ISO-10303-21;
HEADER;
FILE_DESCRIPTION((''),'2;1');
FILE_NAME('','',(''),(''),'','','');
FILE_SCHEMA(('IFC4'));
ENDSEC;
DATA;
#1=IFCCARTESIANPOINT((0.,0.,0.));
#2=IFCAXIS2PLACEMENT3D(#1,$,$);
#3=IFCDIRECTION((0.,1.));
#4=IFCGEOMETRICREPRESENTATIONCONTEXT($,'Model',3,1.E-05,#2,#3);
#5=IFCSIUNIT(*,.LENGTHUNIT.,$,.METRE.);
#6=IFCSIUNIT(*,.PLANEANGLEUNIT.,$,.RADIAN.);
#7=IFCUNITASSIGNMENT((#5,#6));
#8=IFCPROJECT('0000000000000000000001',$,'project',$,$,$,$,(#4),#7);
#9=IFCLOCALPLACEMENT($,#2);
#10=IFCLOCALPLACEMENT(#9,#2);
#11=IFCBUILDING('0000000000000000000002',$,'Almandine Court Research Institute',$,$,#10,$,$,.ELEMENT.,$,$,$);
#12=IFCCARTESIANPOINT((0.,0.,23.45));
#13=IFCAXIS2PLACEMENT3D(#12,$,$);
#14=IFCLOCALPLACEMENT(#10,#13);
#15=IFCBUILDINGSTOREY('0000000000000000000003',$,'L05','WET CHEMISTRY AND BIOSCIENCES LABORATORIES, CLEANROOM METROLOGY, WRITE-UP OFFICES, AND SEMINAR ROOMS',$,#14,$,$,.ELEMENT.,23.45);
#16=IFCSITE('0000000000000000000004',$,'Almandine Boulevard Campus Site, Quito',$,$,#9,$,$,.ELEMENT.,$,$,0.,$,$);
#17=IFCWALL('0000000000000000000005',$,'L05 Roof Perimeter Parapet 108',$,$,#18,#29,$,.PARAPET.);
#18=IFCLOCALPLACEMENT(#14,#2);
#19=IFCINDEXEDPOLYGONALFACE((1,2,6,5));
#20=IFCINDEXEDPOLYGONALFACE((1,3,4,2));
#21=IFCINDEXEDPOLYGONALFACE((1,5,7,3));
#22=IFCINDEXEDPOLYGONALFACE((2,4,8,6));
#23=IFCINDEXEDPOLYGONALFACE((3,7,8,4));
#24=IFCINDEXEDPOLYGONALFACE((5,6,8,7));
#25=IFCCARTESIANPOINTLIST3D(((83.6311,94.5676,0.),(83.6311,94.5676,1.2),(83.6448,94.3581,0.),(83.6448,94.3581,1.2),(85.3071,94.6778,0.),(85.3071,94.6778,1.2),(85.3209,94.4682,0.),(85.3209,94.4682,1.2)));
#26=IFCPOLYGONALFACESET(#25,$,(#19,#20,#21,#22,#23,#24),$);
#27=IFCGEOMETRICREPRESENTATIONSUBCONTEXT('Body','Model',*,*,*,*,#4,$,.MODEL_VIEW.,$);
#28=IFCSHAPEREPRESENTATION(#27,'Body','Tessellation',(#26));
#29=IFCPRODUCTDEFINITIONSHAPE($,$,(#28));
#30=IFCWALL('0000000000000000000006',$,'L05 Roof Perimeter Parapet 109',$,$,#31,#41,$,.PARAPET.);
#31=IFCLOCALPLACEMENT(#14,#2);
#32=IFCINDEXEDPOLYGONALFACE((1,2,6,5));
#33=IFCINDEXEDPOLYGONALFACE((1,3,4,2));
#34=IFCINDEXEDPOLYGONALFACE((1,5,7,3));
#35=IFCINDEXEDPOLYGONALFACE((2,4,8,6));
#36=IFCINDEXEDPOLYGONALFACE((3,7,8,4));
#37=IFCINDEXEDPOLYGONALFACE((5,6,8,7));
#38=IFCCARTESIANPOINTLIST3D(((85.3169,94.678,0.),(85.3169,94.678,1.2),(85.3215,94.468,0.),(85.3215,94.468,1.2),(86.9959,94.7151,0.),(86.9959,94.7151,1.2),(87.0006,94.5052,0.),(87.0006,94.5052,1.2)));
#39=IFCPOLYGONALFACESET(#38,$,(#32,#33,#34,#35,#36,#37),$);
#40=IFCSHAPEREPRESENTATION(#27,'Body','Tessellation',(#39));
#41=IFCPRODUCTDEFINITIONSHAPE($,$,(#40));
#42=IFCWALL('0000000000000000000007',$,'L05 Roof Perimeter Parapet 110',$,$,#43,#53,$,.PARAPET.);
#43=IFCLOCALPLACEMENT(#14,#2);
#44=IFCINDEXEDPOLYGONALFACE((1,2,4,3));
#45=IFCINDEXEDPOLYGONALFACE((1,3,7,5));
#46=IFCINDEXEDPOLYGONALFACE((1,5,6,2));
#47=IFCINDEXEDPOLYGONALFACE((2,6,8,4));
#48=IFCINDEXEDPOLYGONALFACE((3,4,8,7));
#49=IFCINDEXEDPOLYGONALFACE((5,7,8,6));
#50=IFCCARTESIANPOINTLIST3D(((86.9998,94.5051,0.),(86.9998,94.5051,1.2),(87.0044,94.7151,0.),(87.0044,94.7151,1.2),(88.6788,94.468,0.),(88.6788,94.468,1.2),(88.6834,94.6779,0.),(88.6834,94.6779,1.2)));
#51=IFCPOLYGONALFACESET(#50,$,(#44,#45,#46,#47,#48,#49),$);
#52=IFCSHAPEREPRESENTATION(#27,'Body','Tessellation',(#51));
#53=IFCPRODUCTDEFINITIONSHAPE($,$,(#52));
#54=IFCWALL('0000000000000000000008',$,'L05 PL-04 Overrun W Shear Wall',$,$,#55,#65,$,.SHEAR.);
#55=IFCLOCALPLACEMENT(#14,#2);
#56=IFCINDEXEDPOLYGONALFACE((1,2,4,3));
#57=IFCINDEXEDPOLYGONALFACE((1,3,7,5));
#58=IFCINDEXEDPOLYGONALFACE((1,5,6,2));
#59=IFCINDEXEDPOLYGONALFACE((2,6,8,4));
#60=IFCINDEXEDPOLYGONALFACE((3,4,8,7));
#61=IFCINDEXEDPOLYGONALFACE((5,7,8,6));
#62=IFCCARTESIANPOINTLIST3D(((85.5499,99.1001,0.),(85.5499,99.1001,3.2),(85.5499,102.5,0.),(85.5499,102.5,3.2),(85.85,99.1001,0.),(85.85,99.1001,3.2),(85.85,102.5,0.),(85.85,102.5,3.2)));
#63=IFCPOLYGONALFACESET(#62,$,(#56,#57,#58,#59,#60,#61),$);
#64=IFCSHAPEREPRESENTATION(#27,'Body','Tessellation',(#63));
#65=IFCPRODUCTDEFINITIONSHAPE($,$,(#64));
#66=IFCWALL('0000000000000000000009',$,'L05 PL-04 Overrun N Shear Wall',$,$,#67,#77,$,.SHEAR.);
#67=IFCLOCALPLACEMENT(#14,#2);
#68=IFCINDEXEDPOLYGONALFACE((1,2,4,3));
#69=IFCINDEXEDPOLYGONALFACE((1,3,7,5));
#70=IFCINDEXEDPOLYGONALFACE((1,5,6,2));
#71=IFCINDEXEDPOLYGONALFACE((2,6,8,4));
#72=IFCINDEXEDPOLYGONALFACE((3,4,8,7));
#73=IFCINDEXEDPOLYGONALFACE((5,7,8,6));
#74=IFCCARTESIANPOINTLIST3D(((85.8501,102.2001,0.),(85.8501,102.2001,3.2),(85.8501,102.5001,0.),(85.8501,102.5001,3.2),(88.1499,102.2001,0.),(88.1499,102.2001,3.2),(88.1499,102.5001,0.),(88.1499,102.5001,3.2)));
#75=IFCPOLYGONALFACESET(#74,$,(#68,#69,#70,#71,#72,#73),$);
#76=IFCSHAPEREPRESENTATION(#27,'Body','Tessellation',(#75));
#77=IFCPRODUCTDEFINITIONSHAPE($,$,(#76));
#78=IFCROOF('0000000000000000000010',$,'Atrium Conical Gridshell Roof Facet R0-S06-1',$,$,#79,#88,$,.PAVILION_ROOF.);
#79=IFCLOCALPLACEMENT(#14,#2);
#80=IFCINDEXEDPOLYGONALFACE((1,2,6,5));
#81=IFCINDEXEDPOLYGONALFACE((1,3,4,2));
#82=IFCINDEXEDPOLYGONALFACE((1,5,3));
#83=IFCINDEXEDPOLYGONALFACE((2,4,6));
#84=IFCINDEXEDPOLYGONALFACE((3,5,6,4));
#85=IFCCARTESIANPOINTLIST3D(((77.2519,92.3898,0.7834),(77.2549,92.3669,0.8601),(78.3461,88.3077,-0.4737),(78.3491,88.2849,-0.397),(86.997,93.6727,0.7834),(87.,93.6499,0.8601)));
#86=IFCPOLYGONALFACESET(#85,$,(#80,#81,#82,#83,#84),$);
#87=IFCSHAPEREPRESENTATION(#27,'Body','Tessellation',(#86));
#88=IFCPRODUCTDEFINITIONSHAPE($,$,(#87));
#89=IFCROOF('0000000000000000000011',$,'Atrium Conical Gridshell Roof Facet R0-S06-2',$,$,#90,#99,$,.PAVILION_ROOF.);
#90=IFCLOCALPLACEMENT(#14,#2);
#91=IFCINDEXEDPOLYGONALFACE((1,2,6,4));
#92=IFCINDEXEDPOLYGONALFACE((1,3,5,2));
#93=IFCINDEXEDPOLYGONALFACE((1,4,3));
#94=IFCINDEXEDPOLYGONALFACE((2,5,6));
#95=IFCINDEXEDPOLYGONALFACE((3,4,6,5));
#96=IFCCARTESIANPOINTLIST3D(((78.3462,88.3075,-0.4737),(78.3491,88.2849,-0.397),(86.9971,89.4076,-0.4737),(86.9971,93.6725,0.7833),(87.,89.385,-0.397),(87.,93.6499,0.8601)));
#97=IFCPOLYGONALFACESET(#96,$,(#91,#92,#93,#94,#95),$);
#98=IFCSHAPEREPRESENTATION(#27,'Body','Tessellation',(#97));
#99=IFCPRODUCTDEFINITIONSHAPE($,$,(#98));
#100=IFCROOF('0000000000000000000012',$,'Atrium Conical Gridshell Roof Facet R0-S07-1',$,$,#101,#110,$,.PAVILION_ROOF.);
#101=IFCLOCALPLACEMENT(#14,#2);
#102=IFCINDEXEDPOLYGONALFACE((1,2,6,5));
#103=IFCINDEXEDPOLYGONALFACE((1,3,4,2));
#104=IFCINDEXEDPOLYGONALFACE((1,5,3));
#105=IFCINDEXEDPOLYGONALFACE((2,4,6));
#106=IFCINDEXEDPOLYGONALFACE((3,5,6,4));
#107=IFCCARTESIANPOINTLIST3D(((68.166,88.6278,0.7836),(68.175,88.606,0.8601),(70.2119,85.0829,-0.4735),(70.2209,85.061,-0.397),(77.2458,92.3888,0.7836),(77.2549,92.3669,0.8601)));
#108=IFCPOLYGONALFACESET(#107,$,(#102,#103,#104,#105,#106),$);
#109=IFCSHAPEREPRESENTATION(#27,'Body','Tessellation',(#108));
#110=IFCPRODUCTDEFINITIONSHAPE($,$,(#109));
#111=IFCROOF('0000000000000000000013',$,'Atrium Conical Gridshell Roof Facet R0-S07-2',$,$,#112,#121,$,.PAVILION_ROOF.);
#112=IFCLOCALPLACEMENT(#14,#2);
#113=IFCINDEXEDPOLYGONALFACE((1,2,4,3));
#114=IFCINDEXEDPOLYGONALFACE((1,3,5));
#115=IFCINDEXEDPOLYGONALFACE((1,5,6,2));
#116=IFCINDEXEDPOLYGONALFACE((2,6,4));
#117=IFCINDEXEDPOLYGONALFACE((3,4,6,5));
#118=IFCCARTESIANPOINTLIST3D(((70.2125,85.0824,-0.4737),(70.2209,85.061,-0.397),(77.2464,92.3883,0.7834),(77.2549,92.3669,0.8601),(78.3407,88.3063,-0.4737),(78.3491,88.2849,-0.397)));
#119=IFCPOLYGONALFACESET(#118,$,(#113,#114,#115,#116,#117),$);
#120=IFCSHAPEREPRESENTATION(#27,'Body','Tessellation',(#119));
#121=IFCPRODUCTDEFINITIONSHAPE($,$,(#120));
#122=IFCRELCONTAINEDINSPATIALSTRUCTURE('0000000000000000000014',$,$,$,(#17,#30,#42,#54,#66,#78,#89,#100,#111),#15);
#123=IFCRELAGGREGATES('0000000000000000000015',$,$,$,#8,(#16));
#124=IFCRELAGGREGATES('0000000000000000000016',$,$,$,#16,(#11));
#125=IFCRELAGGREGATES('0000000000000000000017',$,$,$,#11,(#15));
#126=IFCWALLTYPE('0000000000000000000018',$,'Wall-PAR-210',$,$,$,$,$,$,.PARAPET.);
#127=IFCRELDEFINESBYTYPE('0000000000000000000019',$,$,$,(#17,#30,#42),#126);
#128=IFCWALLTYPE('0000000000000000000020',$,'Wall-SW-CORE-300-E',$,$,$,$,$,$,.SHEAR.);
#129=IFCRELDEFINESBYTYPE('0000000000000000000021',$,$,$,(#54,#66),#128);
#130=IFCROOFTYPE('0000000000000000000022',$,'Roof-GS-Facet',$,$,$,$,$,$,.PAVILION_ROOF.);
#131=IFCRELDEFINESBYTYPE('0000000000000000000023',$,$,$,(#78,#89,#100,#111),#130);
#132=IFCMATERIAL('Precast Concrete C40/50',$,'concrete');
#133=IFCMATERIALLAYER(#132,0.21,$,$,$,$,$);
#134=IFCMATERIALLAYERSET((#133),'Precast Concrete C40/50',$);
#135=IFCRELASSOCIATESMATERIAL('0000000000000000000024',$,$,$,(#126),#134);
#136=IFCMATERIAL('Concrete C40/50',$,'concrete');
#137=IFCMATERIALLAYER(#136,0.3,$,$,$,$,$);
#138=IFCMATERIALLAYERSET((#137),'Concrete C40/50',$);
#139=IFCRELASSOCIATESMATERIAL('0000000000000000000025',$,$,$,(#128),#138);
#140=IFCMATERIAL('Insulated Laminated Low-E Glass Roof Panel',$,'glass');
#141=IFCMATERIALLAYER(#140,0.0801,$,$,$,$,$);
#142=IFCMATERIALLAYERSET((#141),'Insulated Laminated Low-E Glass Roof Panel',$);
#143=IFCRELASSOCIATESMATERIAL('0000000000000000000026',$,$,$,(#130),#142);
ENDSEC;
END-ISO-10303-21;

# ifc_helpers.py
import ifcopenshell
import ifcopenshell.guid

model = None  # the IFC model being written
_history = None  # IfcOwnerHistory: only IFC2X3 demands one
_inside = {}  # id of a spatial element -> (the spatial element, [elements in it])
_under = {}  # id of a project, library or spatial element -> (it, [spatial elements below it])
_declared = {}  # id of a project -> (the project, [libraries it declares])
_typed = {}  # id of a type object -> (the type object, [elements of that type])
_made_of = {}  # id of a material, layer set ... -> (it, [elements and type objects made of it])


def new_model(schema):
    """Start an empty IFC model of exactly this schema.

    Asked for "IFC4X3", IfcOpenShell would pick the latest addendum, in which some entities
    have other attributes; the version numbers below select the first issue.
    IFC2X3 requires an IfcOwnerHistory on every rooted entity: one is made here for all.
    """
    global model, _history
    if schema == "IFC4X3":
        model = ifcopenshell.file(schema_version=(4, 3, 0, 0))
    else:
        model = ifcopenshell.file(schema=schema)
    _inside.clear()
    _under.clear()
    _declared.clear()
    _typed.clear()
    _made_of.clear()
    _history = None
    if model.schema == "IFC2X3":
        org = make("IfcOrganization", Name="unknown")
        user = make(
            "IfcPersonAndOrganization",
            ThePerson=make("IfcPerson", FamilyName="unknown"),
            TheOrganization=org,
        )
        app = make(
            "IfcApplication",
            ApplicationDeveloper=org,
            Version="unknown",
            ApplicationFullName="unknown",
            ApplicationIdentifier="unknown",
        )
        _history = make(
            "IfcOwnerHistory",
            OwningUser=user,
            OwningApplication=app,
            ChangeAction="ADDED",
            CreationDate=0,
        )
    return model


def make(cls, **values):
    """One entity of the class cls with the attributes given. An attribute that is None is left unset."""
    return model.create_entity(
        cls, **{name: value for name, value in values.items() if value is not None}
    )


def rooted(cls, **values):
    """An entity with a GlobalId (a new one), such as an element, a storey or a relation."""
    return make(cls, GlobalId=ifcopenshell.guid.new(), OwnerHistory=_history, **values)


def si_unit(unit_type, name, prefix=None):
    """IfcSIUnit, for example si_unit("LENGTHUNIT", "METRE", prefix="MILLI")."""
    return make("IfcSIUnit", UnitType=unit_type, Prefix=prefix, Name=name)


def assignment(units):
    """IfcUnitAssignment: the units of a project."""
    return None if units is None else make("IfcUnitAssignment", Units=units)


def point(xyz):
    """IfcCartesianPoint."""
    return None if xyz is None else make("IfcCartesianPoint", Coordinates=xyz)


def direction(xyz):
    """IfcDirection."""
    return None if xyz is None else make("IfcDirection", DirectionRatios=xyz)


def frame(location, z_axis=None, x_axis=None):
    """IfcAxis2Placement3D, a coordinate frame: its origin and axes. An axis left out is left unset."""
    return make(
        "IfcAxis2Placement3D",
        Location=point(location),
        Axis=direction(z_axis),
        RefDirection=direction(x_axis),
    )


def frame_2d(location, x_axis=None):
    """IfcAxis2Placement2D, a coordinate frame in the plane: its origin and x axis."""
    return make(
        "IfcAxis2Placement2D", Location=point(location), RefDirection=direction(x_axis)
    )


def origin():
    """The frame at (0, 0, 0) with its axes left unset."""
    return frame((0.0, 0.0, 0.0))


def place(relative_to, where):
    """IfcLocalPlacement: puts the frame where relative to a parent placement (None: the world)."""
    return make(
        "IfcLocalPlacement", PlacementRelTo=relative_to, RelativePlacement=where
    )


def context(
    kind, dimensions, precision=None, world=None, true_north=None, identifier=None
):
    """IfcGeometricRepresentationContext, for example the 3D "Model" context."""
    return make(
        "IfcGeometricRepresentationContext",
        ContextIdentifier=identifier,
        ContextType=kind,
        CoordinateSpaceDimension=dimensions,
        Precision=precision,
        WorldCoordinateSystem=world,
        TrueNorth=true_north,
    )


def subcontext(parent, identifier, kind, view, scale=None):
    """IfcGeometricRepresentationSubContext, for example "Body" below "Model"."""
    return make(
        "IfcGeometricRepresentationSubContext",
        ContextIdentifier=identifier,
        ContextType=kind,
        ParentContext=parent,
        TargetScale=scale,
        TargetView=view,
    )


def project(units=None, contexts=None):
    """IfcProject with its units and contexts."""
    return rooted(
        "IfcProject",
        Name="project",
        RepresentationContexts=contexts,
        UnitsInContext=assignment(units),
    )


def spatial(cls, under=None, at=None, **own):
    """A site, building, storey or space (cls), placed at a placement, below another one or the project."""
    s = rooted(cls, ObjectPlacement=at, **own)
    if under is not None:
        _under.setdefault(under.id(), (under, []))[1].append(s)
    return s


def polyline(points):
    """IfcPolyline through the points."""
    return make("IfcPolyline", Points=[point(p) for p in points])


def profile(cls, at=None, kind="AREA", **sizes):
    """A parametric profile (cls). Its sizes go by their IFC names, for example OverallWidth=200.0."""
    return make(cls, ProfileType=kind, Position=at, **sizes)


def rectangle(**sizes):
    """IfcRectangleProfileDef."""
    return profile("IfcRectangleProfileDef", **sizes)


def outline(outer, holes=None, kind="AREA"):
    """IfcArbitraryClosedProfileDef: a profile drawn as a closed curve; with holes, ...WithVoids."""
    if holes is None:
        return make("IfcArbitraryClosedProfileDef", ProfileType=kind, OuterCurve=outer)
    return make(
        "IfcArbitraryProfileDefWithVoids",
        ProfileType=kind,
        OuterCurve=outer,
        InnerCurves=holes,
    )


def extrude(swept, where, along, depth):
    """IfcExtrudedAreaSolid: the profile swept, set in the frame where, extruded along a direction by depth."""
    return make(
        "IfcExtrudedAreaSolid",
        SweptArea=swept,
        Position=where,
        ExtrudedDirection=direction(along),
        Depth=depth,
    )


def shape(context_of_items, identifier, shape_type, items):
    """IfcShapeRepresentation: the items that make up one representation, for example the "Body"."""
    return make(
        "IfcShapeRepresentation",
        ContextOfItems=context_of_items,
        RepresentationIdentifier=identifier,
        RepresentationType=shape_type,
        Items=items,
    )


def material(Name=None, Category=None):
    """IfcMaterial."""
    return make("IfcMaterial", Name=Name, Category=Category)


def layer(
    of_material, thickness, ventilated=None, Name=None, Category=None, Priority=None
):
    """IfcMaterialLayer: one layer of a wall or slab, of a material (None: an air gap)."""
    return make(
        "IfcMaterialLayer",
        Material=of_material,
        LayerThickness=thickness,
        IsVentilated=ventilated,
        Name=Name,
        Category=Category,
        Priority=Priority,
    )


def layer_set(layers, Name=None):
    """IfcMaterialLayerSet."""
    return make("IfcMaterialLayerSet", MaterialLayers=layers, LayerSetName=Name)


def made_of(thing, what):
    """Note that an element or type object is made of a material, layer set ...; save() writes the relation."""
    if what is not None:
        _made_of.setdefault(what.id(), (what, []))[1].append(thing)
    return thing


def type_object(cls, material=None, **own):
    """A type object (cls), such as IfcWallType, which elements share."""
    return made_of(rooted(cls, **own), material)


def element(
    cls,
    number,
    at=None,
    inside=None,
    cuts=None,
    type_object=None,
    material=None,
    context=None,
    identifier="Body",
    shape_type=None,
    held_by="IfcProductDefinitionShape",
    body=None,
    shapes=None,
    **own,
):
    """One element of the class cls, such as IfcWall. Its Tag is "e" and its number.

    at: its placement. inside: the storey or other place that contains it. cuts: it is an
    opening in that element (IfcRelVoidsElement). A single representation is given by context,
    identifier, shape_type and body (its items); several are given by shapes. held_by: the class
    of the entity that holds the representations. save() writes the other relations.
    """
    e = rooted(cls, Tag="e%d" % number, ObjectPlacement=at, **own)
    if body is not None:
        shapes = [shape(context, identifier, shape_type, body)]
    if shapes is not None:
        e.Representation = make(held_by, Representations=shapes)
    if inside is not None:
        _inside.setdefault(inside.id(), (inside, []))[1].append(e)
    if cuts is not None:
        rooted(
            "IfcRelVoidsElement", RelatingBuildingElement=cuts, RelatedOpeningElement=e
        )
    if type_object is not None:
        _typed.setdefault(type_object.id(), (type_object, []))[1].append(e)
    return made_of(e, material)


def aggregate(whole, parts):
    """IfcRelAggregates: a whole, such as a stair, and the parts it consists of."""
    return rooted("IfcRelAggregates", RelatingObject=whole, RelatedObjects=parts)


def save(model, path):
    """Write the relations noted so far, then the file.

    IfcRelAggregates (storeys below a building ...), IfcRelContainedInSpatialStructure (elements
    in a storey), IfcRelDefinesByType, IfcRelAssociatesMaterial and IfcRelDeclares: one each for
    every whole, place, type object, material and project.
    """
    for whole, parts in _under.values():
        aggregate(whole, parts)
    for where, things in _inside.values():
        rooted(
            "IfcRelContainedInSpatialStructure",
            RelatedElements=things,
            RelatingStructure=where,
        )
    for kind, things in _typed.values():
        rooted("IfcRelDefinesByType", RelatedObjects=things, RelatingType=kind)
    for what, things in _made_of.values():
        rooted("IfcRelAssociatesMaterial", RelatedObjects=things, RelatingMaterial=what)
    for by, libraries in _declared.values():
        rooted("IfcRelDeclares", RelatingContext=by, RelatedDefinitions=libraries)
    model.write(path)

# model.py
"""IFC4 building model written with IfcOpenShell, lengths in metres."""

from ifc_helpers import new_model, si_unit, direction, frame, frame_2d, origin, place, context, subcontext, project, spatial, polyline, rectangle, outline, extrude, material, layer, layer_set, type_object, element, save


model = new_model("IFC4")

# Units and contexts
model_context = context("Model", 3, precision=1e-05, world=origin(), true_north=direction((0.0, 1.0)))
body_context = subcontext(model_context, "Body", "Model", "MODEL_VIEW")
ifc_project = project(units=[si_unit("LENGTHUNIT", "METRE"), si_unit("PLANEANGLEUNIT", "RADIAN")], contexts=[model_context])

# Site, building, storey
site_placement = place(None, origin())
site = spatial("IfcSite", under=ifc_project, at=site_placement, Name="Almandine Boulevard Campus Site, Quito", CompositionType="ELEMENT", RefElevation=0.0)
building_placement = place(site_placement, origin())
building = spatial("IfcBuilding", under=site, at=building_placement, Name="Almandine Court Research Institute", CompositionType="ELEMENT")
storey_placement = place(building_placement, frame((0.0, 0.0, 23.45)))
storey = spatial("IfcBuildingStorey", under=building, at=storey_placement, Name="L05", Description="WET CHEMISTRY AND BIOSCIENCES LABORATORIES, CLEANROOM METROLOGY, WRITE-UP OFFICES, AND SEMINAR ROOMS", CompositionType="ELEMENT", Elevation=23.45)

# Walls
ifc_material_1 = material(Name="Precast Concrete C40/50", Category="concrete")
ifc_layer_1 = layer(ifc_material_1, 0.21)
ifc_layer_set_1 = layer_set([ifc_layer_1], Name="Precast Concrete C40/50")
wall_type_1 = type_object("IfcWallType", Name="Wall-PAR-210", PredefinedType="PARAPET", material=ifc_layer_set_1)
wall_1_placement = place(storey_placement, frame((83.6379, 94.4629, 0.0), z_axis=(0.0, 0.0, 1.0), x_axis=(0.997849, 0.065554, 0.0)))
element("IfcWall", 1, at=wall_1_placement, inside=storey, type_object=wall_type_1, Name="L05 Roof Perimeter Parapet 108", PredefinedType="PARAPET", context=body_context, shape_type="SweptSolid", body=[
    extrude(rectangle(XDim=1.6797, YDim=0.21, at=frame_2d((0.8398, 0.0))), origin(), (0.0, 0.0, 1.0), 1.2),
])
for number, where, z_axis, x_axis, name in (
    (2, (85.3191, 94.573, 0.0), (0.0, 0.0, 1.0), (0.999756, 0.022097, 0.0), "L05 Roof Perimeter Parapet 109"),
    (3, (87.002, 94.6101, 0.0), (0.0, 0.0, 1.0), (0.999756, -0.022097, 0.0), "L05 Roof Perimeter Parapet 110"),
):
    element("IfcWall", number, at=place(storey_placement, frame(where, z_axis=z_axis, x_axis=x_axis)), inside=storey, type_object=wall_type_1, Name=name, PredefinedType="PARAPET", context=body_context, shape_type="SweptSolid", body=[
        extrude(rectangle(XDim=1.6794, YDim=0.21, at=frame_2d((0.8398, 0.0))), origin(), (0.0, 0.0, 1.0), 1.2),
    ])
ifc_material_2 = material(Name="Concrete C40/50", Category="concrete")
ifc_layer_2 = layer(ifc_material_2, 0.3)
ifc_layer_set_2 = layer_set([ifc_layer_2], Name="Concrete C40/50")
wall_type_2 = type_object("IfcWallType", Name="Wall-SW-CORE-300-E", PredefinedType="SHEAR", material=ifc_layer_set_2)
wall_2_placement = place(storey_placement, frame((85.7, 99.1001, 0.0), z_axis=(0.0, 0.0, 1.0), x_axis=(0.0, 1.0, 0.0)))
element("IfcWall", 4, at=wall_2_placement, inside=storey, type_object=wall_type_2, Name="L05 PL-04 Overrun W Shear Wall", PredefinedType="SHEAR", context=body_context, shape_type="SweptSolid", body=[
    extrude(rectangle(XDim=3.3999, YDim=0.3, at=frame_2d((1.7, 0.0))), origin(), (0.0, 0.0, 1.0), 3.2),
])
wall_3_placement = place(storey_placement, frame((85.8501, 102.3501, 0.0), z_axis=(0.0, 0.0, 1.0), x_axis=(1.0, 0.0, 0.0)))
element("IfcWall", 5, at=wall_3_placement, inside=storey, type_object=wall_type_2, Name="L05 PL-04 Overrun N Shear Wall", PredefinedType="SHEAR", context=body_context, shape_type="SweptSolid", body=[
    extrude(rectangle(XDim=2.2998, YDim=0.3, at=frame_2d((1.1499, 0.0))), origin(), (0.0, 0.0, 1.0), 3.2),
])

# Roofs
ifc_material_3 = material(Name="Insulated Laminated Low-E Glass Roof Panel", Category="glass")
ifc_layer_3 = layer(ifc_material_3, 0.0801)
ifc_layer_set_3 = layer_set([ifc_layer_3], Name="Insulated Laminated Low-E Glass Roof Panel")
roof_type = type_object("IfcRoofType", Name="Roof-GS-Facet", PredefinedType="PAVILION_ROOF", material=ifc_layer_set_3)
roof_1_placement = place(storey_placement, frame((87.0, 93.6499, 0.8601), z_axis=(0.037509, -0.28491, 0.95782), x_axis=(-0.991445, -0.130525, 0.0)))
element("IfcRoof", 6, at=roof_1_placement, inside=storey, type_object=roof_type, Name="Atrium Conical Gridshell Roof Facet R0-S06-1", PredefinedType="PAVILION_ROOF", context=body_context, shape_type="SweptSolid", body=[
    extrude(outline(polyline([(0.0, 0.0), (9.8292, 0.0), (9.2771, 4.3744), (0.0, 0.0)])), origin(), (0.0, 0.0, -1.0), 0.0801),
])
roof_2_placement = place(storey_placement, frame((87.0, 93.6499, 0.8601), z_axis=(0.03593, -0.282543, 0.958582), x_axis=(-0.843432, -0.523069, -0.122561)))
element("IfcRoof", 7, at=roof_2_placement, inside=storey, type_object=roof_type, Name="Atrium Conical Gridshell Roof Facet R0-S06-2", PredefinedType="PAVILION_ROOF", context=body_context, shape_type="SweptSolid", body=[
    extrude(outline(polyline([(0.0, 0.0), (10.2568, 0.0), (2.3849, 3.7526), (0.0, 0.0)])), origin(), (0.0, 0.0, -1.0), 0.0801),
])
roof_3_placement = place(storey_placement, frame((77.2549, 92.3669, 0.8601), z_axis=(0.113238, -0.27338, 0.955217), x_axis=(-0.92388, -0.382683, 0.0)))
element("IfcRoof", 8, at=roof_3_placement, inside=storey, type_object=roof_type, Name="Atrium Conical Gridshell Roof Facet R0-S07-1", PredefinedType="PAVILION_ROOF", context=body_context, shape_type="SweptSolid", body=[
    extrude(outline(polyline([(0.0, 0.0), (9.8279, 0.0), (9.2944, 4.2483), (0.0, 0.0)])), origin(), (0.0, 0.0, -1.0), 0.0801),
])
roof_4_placement = place(storey_placement, frame((77.2549, 92.3669, 0.8601), z_axis=(0.105765, -0.26666, 0.95797), x_axis=(-0.688303, -0.714917, -0.123011)))
element("IfcRoof", 9, at=roof_4_placement, inside=storey, type_object=roof_type, Name="Atrium Conical Gridshell Roof Facet R0-S07-2", PredefinedType="PAVILION_ROOF", context=body_context, shape_type="SweptSolid", body=[
    extrude(outline(polyline([(0.0, 0.0), (10.2192, 0.0), (2.3198, 3.7496), (0.0, 0.0)])), origin(), (0.0, 0.0, -1.0), 0.0801),
])

save(model, "model.ifc")
